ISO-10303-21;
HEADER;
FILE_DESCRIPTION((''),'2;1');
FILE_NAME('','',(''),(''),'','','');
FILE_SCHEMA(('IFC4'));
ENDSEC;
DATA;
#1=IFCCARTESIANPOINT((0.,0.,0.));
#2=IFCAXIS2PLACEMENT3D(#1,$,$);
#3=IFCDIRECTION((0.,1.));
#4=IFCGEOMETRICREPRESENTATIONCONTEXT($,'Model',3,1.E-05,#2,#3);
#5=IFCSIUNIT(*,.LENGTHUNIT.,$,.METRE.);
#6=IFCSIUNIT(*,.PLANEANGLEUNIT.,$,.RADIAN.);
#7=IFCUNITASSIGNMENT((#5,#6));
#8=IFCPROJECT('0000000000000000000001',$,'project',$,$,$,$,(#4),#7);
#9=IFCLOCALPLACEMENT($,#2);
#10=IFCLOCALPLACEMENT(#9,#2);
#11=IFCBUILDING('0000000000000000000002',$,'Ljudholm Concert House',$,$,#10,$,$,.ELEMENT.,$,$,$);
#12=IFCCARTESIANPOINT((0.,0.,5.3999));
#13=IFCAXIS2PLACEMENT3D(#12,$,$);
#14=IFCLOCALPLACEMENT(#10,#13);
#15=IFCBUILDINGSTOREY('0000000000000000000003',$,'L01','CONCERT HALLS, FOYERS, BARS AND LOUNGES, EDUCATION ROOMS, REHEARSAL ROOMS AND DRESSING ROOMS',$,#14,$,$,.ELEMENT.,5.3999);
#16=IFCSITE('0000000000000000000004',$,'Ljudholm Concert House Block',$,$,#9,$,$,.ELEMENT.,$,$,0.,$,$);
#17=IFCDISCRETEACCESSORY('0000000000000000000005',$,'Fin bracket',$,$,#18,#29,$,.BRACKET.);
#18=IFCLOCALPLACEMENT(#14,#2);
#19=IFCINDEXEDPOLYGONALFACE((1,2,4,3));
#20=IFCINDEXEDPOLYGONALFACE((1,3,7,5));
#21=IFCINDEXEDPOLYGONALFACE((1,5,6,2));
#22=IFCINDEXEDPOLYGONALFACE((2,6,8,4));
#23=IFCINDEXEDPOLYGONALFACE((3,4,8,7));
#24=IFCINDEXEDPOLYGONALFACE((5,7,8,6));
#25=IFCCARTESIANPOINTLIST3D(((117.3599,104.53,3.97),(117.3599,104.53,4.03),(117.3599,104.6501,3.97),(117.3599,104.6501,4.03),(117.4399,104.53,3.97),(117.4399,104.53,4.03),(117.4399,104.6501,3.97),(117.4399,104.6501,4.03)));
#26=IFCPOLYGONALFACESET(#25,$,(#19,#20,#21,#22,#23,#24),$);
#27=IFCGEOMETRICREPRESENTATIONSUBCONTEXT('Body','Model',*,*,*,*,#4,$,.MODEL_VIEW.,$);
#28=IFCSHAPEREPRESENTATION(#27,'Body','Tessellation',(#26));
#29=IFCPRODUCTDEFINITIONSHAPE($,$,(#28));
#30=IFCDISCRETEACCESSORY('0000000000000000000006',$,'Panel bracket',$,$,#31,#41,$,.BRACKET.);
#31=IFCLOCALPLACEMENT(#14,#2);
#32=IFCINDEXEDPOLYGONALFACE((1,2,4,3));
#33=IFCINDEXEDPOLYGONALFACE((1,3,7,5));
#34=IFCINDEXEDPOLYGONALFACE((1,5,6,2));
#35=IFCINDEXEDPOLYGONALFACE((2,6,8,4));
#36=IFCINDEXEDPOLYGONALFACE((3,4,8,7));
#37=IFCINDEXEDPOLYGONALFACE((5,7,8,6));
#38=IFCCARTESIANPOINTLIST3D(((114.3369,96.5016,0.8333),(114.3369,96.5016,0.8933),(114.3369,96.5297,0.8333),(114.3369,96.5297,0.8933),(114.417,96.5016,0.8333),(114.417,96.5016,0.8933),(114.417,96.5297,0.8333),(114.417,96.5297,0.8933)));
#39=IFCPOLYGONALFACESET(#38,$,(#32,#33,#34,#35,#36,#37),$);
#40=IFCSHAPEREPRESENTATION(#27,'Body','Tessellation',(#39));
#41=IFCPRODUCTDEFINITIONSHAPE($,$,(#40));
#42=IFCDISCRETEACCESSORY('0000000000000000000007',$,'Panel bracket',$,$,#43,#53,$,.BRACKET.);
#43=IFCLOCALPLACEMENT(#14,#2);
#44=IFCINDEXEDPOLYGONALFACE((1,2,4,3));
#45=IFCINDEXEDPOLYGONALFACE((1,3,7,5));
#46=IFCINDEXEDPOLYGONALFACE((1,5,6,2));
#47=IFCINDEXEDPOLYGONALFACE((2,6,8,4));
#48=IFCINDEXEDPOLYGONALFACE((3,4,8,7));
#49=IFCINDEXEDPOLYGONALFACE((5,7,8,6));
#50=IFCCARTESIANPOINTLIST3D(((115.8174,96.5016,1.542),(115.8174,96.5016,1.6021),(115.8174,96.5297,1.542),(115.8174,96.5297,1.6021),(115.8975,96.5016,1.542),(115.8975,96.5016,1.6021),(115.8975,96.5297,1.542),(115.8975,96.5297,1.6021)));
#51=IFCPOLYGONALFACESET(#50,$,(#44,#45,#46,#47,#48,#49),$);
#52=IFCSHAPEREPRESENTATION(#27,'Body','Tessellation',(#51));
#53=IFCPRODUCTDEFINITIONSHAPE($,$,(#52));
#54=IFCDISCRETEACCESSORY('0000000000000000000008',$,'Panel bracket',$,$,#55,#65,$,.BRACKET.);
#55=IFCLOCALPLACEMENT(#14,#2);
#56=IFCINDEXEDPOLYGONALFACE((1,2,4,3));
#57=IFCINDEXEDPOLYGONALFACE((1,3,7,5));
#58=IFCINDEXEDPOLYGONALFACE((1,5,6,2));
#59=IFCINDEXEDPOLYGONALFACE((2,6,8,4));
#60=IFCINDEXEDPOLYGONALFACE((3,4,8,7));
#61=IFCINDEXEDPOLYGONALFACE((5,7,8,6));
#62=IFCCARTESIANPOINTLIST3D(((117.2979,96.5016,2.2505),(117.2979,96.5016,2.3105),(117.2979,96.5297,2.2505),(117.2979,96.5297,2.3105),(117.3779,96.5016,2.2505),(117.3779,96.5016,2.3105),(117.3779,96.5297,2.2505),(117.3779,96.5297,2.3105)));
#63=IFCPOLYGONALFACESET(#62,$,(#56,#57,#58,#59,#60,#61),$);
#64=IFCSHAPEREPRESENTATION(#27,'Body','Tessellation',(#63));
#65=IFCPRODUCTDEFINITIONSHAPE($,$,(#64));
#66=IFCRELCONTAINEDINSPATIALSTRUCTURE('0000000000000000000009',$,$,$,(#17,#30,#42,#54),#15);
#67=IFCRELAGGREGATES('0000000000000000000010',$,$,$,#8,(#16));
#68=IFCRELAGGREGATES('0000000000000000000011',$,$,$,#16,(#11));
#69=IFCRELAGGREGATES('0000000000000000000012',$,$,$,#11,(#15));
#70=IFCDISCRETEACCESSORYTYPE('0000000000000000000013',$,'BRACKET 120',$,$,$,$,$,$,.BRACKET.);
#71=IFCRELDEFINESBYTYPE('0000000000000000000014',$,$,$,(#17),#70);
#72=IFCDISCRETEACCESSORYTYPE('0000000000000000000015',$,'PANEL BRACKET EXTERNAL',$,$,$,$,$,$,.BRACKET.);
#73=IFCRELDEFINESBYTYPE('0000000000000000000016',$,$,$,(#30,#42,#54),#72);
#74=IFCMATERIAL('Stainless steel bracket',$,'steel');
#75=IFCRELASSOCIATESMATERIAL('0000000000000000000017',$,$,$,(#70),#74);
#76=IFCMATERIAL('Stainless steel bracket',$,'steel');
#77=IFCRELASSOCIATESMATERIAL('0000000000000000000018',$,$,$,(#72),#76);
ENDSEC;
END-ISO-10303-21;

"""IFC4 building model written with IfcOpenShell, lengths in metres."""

from ifc_helpers import new_model, si_unit, direction, frame, origin, origin_2d, place, context, subcontext, project, spatial, rectangle, extrude, material, type_object, element, save


model = new_model("IFC4")

# Units and contexts
model_context = context("Model", 3, precision=1e-05, world=origin(), true_north=direction((0.0, 1.0)))
body_context = subcontext(model_context, "Body", "Model", "MODEL_VIEW")
ifc_project = project(units=[si_unit("LENGTHUNIT", "METRE"), si_unit("PLANEANGLEUNIT", "RADIAN")], contexts=[model_context])

# Site, building, storey
site_placement = place(None, origin())
site = spatial("IfcSite", under=ifc_project, at=site_placement, Name="Ljudholm Concert House Block", CompositionType="ELEMENT", RefElevation=0.0)
building_placement = place(site_placement, origin())
building = spatial("IfcBuilding", under=site, at=building_placement, Name="Ljudholm Concert House", CompositionType="ELEMENT")
storey_placement = place(building_placement, frame((0.0, 0.0, 5.3999)))
storey = spatial("IfcBuildingStorey", under=building, at=storey_placement, Name="L01", Description="CONCERT HALLS, FOYERS, BARS AND LOUNGES, EDUCATION ROOMS, REHEARSAL ROOMS AND DRESSING ROOMS", CompositionType="ELEMENT", Elevation=5.3999)

# Discrete accessories
ifc_material_1 = material(Name="Stainless steel bracket", Category="steel")
discrete_accessory_type_1 = type_object("IfcDiscreteAccessoryType", Name="BRACKET 120", PredefinedType="BRACKET", material=ifc_material_1)
for number, where, z_axis, x_axis, name in (
    (1, (117.3999, 104.5901, 3.97), (0.0, 0.0, 1.0), (0.0, -1.0, 0.0), "Fin bracket"),
):
    element("IfcDiscreteAccessory", number, at=place(storey_placement, frame(where, z_axis=z_axis, x_axis=x_axis)), inside=storey, type_object=discrete_accessory_type_1, Name=name, PredefinedType="BRACKET", context=body_context, shape_type="SweptSolid", body=[
        extrude(rectangle(XDim=0.1201, YDim=0.0801, at=origin_2d()), origin(), (0.0, 0.0, 1.0), 0.0601),
    ])
ifc_material_2 = material(Name="Stainless steel bracket", Category="steel")
discrete_accessory_type_2 = type_object("IfcDiscreteAccessoryType", Name="PANEL BRACKET EXTERNAL", PredefinedType="BRACKET", material=ifc_material_2)
for number, where, z_axis, x_axis, name in (
    (2, (114.377, 96.5156, 0.8333), (0.0, 0.0, 1.0), (0.0, 1.0, 0.0), "Panel bracket"),
    (3, (115.8574, 96.5156, 1.542), (0.0, 0.0, 1.0), (0.0, 1.0, 0.0), "Panel bracket"),
    (4, (117.3379, 96.5156, 2.2505), (0.0, 0.0, 1.0), (0.0, 1.0, 0.0), "Panel bracket"),
):
    element("IfcDiscreteAccessory", number, at=place(storey_placement, frame(where, z_axis=z_axis, x_axis=x_axis)), inside=storey, type_object=discrete_accessory_type_2, Name=name, PredefinedType="BRACKET", context=body_context, shape_type="SweptSolid", body=[
        extrude(rectangle(XDim=0.0281, YDim=0.0801, at=origin_2d()), origin(), (0.0, 0.0, 1.0), 0.0601),
    ])

save(model, "model.ifc")
